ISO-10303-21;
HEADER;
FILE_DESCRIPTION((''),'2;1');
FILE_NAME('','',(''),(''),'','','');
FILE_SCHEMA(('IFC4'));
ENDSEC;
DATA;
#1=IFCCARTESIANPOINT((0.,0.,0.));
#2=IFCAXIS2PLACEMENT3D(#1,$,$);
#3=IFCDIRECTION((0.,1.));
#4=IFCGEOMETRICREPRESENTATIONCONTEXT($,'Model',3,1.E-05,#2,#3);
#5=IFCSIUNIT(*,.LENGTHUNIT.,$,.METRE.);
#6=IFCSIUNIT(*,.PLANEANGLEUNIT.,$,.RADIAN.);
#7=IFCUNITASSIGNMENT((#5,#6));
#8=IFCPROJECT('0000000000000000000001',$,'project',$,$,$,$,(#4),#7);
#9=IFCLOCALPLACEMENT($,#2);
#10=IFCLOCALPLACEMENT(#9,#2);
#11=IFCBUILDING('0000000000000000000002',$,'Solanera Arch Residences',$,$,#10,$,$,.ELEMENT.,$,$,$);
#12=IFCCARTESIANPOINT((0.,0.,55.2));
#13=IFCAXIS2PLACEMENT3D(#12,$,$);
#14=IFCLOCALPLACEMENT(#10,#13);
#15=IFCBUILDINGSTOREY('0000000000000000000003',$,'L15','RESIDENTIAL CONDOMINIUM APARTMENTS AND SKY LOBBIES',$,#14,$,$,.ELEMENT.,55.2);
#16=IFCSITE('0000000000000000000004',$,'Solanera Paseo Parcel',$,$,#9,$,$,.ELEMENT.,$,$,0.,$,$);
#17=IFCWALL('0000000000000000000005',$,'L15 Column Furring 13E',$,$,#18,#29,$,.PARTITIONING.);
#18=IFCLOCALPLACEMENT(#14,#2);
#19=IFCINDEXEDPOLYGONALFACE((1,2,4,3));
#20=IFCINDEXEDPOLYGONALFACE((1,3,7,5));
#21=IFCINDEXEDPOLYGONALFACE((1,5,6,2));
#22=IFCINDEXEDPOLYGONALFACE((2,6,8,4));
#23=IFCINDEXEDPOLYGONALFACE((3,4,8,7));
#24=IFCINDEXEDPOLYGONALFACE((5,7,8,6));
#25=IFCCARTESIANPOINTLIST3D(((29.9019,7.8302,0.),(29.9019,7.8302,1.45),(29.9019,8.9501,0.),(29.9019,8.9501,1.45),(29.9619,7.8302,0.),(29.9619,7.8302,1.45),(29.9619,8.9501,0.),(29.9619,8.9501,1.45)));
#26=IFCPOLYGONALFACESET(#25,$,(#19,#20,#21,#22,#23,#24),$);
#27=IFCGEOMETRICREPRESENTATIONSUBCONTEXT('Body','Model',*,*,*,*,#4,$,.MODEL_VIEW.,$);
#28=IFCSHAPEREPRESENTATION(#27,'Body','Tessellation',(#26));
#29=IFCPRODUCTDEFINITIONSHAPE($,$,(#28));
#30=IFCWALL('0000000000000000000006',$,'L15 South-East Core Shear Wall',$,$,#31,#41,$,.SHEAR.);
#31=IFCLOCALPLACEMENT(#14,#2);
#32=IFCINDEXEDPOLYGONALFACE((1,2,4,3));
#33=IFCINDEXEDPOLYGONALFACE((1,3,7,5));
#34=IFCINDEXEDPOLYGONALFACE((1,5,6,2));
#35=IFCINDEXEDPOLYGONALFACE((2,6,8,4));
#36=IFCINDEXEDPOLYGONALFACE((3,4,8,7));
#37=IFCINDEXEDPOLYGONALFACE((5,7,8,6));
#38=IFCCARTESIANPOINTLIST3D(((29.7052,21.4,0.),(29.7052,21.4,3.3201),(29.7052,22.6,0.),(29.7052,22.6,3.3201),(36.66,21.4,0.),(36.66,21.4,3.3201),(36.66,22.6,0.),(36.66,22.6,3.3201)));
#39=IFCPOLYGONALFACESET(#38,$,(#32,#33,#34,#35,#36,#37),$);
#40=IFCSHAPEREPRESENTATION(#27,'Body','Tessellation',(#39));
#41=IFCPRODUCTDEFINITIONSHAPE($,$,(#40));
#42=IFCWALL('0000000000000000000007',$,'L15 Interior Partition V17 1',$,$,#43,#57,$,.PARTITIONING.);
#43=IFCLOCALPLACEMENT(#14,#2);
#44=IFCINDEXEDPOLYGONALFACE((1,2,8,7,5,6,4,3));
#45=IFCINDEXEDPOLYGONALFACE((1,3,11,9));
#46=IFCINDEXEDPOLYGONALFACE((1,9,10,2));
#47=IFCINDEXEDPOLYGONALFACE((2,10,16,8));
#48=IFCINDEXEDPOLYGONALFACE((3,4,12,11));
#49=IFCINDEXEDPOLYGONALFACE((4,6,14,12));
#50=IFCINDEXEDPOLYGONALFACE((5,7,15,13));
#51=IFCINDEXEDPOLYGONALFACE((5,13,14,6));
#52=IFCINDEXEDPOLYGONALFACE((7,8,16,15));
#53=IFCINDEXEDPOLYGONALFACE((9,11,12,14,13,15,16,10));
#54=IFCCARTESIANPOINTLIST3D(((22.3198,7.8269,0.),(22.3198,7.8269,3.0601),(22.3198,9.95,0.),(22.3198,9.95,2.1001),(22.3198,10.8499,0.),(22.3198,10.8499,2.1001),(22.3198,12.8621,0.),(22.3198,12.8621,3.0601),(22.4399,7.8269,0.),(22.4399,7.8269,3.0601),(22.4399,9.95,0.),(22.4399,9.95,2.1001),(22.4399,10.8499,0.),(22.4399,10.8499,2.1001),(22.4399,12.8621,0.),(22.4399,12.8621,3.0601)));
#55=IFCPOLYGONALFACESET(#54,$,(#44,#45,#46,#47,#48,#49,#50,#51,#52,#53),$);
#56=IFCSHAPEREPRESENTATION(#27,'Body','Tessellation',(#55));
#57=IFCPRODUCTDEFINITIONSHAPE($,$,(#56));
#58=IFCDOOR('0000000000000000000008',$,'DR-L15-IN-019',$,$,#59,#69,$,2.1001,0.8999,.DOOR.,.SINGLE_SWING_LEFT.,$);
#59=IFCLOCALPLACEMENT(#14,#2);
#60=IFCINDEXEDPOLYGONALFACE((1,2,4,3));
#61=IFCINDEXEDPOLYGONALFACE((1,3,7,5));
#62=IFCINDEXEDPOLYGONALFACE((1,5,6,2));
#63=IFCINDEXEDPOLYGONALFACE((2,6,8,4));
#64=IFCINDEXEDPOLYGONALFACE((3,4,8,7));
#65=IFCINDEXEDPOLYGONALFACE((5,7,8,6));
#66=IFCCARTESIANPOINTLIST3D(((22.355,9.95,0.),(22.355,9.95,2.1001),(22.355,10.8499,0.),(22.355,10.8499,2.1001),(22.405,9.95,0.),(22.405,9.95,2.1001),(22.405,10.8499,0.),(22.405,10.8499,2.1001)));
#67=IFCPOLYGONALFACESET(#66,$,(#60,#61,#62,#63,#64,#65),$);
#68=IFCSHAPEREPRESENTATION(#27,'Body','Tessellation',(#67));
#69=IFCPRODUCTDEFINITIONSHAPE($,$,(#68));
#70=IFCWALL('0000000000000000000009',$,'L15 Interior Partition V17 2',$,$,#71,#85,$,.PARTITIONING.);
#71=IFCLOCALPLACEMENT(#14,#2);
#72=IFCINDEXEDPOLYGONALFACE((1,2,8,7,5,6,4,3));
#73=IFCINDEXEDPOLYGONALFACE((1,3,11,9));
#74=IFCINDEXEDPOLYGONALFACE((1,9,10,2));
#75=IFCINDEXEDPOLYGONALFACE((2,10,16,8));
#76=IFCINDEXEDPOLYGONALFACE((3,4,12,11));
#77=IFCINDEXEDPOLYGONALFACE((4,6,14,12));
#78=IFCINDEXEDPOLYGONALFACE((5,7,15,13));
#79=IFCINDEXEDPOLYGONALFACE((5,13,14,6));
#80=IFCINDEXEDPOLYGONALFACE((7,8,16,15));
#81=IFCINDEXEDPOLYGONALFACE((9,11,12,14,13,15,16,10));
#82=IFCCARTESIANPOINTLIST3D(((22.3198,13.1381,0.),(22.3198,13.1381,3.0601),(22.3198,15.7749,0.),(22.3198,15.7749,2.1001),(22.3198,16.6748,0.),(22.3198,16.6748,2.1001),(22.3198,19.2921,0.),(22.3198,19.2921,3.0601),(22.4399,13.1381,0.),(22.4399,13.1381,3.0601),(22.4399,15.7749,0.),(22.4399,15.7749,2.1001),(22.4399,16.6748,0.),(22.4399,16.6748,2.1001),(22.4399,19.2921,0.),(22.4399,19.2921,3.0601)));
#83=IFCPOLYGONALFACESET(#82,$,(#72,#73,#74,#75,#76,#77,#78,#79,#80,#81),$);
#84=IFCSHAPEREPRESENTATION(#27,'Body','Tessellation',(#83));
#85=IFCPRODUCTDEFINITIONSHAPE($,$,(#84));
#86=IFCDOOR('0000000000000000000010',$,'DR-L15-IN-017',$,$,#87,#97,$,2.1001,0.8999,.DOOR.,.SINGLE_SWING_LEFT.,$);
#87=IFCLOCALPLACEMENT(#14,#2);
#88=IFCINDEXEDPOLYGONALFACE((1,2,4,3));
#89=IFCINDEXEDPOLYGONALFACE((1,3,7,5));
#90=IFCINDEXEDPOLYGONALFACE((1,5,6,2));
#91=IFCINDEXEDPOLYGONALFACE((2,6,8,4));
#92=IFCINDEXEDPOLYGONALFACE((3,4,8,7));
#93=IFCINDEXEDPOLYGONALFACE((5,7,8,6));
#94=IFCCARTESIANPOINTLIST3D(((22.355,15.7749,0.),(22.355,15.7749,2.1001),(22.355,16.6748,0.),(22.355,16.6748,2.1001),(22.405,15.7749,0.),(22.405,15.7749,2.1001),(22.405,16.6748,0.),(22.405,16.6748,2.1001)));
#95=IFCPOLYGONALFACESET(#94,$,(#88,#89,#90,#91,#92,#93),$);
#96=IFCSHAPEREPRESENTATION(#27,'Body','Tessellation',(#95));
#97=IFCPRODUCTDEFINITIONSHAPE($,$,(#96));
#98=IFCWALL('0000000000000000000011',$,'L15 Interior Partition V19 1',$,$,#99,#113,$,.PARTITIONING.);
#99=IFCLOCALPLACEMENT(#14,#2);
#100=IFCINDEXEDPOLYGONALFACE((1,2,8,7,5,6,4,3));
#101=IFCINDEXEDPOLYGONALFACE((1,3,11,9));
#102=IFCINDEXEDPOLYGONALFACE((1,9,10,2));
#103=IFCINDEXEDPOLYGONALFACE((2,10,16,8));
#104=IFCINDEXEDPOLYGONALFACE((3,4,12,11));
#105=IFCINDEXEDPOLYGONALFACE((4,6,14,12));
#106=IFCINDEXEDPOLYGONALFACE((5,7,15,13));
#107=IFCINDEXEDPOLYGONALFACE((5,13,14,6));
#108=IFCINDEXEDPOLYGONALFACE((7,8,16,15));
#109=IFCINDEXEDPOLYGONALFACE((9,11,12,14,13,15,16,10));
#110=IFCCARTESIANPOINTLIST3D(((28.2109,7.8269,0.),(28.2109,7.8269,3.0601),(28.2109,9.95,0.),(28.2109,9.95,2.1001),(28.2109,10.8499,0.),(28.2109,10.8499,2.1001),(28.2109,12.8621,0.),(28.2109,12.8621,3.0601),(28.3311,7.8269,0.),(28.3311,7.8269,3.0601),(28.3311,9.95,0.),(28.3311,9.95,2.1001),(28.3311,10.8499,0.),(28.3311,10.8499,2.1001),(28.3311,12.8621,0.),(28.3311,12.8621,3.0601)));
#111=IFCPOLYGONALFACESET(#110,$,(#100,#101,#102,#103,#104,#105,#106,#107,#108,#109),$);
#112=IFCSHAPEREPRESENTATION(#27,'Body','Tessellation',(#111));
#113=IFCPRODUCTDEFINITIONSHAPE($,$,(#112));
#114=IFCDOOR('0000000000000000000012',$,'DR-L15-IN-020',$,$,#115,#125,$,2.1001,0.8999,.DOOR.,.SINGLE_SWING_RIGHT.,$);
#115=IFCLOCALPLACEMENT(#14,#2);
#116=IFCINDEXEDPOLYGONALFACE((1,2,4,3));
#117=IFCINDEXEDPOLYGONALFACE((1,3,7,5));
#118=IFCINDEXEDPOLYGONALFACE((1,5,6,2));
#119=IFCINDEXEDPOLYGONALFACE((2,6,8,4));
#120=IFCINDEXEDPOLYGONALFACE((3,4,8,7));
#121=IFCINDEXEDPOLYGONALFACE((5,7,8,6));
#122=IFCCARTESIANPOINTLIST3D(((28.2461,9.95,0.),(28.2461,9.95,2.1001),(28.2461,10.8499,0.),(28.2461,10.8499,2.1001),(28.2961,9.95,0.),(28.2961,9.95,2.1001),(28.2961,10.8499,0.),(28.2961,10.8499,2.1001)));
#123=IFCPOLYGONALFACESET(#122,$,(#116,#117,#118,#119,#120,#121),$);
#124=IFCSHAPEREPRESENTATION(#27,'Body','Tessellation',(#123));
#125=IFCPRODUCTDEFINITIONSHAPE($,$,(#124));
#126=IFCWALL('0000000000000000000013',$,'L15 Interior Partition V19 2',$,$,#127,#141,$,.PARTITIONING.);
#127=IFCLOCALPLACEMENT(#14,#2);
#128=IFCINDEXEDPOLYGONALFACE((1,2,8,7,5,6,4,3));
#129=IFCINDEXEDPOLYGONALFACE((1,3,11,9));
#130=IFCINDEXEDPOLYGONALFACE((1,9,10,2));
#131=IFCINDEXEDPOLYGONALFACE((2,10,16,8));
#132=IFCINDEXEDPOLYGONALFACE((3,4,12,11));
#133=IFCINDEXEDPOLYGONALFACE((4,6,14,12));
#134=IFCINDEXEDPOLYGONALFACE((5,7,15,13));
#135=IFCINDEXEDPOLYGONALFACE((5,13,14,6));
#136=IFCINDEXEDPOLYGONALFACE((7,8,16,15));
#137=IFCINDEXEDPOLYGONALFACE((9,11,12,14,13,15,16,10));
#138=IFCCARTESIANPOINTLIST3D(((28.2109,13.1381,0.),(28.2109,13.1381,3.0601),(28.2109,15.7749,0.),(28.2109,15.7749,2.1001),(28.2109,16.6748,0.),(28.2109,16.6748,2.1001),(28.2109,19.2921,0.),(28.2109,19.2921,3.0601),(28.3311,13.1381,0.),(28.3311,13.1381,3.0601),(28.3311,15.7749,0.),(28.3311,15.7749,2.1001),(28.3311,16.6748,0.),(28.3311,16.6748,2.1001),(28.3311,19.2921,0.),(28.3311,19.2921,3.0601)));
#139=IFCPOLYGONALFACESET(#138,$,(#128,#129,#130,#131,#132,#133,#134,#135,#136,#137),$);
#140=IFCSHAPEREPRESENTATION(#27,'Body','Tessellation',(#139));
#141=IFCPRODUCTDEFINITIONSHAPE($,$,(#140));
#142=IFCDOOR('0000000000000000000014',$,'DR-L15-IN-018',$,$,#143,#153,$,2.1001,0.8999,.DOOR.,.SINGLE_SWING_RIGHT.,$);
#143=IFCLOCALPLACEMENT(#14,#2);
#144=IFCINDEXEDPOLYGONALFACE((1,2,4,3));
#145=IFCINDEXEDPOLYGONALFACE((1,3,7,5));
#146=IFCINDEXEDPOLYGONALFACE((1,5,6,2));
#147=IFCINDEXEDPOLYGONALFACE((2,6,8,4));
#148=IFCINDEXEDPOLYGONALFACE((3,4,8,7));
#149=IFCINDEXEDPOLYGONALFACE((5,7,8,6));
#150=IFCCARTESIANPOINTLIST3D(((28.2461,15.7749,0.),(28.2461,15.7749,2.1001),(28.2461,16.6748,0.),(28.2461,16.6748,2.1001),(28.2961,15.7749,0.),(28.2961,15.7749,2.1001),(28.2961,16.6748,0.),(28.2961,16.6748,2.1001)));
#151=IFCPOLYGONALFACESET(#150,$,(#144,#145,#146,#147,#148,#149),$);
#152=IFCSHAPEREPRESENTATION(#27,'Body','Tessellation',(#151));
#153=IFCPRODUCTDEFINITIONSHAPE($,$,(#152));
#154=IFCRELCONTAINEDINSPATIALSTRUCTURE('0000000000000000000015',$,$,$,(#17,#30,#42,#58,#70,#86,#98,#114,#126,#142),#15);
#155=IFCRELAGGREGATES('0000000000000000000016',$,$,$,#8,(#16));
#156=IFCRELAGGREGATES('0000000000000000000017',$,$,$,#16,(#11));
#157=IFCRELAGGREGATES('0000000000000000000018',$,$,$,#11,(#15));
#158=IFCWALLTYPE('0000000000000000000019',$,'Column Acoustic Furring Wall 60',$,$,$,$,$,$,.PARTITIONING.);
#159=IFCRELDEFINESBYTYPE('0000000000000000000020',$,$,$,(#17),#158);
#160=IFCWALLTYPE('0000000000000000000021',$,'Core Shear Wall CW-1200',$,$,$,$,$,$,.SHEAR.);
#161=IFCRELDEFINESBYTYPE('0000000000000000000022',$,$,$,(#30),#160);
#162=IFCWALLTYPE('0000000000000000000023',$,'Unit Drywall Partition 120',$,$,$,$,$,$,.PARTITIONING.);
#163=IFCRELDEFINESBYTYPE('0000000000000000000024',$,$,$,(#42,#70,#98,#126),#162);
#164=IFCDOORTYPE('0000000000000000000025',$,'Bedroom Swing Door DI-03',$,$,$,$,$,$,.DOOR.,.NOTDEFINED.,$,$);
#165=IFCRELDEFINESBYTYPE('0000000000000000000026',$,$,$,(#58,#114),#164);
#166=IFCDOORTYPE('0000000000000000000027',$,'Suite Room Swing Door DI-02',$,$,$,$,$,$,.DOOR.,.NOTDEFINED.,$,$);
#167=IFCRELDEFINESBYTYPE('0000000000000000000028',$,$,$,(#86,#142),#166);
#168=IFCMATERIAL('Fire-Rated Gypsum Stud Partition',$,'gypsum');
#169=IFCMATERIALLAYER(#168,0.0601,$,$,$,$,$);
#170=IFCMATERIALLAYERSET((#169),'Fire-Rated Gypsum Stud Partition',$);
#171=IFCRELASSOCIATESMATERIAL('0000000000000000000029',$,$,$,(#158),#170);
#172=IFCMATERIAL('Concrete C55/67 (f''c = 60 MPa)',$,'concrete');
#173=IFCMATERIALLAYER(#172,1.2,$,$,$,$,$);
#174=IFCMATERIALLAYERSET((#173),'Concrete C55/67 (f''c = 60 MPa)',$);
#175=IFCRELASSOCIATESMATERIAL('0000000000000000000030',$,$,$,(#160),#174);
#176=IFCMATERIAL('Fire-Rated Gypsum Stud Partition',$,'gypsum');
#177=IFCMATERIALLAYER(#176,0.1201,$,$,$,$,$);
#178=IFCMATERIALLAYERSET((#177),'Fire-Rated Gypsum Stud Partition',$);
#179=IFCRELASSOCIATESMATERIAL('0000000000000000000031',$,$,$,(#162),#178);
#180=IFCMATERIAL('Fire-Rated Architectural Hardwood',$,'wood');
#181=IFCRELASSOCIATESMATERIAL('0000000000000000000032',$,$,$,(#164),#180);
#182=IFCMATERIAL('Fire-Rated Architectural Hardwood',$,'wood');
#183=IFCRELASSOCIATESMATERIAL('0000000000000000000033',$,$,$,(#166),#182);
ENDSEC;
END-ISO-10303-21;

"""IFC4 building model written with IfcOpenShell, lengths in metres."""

from ifc_helpers import new_model, si_unit, direction, frame, frame_2d, origin, place, context, subcontext, project, spatial, rectangle, extrude, material, layer, layer_set, type_object, element, fill, save


model = new_model("IFC4")

# Units and contexts
model_context = context("Model", 3, precision=1e-05, world=origin(), true_north=direction((0.0, 1.0)))
body_context = subcontext(model_context, "Body", "Model", "MODEL_VIEW")
ifc_project = project(units=[si_unit("LENGTHUNIT", "METRE"), si_unit("PLANEANGLEUNIT", "RADIAN")], contexts=[model_context])

# Site, building, storey
site_placement = place(None, origin())
site = spatial("IfcSite", under=ifc_project, at=site_placement, Name="Solanera Paseo Parcel", CompositionType="ELEMENT", RefElevation=0.0)
building_placement = place(site_placement, origin())
building = spatial("IfcBuilding", under=site, at=building_placement, Name="Solanera Arch Residences", CompositionType="ELEMENT")
storey_placement = place(building_placement, frame((0.0, 0.0, 55.2)))
storey = spatial("IfcBuildingStorey", under=building, at=storey_placement, Name="L15", Description="RESIDENTIAL CONDOMINIUM APARTMENTS AND SKY LOBBIES", CompositionType="ELEMENT", Elevation=55.2)

# Walls
ifc_material_1 = material(Name="Fire-Rated Gypsum Stud Partition", Category="gypsum")
ifc_layer_1 = layer(ifc_material_1, 0.0601)
ifc_layer_set_1 = layer_set([ifc_layer_1], Name="Fire-Rated Gypsum Stud Partition")
wall_type_1 = type_object("IfcWallType", Name="Column Acoustic Furring Wall 60", PredefinedType="PARTITIONING", material=ifc_layer_set_1)
for number, where, z_axis, x_axis, name in (
    (1, (29.9319, 7.8301, 0.0), (0.0, 0.0, 1.0), (0.0, 1.0, 0.0), "L15 Column Furring 13E"),
):
    element("IfcWall", number, at=place(storey_placement, frame(where, z_axis=z_axis, x_axis=x_axis)), inside=storey, type_object=wall_type_1, Name=name, PredefinedType="PARTITIONING", context=body_context, shape_type="SweptSolid", body=[
        extrude(rectangle(XDim=1.1199, YDim=0.0601, at=frame_2d((0.5601, 0.0))), origin(), (0.0, 0.0, 1.0), 1.45),
    ])
ifc_material_2 = material(Name="Concrete C55/67 (f'c = 60 MPa)", Category="concrete")
ifc_layer_2 = layer(ifc_material_2, 1.2)
ifc_layer_set_2 = layer_set([ifc_layer_2], Name="Concrete C55/67 (f'c = 60 MPa)")
wall_type_2 = type_object("IfcWallType", Name="Core Shear Wall CW-1200", PredefinedType="SHEAR", material=ifc_layer_set_2)
wall_1_placement = place(storey_placement, frame((29.7051, 22.0, 0.0), z_axis=(0.0, 0.0, 1.0), x_axis=(1.0, 0.0, 0.0)))
element("IfcWall", 2, at=wall_1_placement, inside=storey, type_object=wall_type_2, Name="L15 South-East Core Shear Wall", PredefinedType="SHEAR", context=body_context, shape_type="SweptSolid", body=[
    extrude(rectangle(XDim=6.9548, YDim=1.2, at=frame_2d((3.4775, 0.0))), origin(), (0.0, 0.0, 1.0), 3.3201),
])

# Walls, openings, doors
ifc_material_3 = material(Name="Fire-Rated Gypsum Stud Partition", Category="gypsum")
ifc_layer_3 = layer(ifc_material_3, 0.1201)
ifc_layer_set_3 = layer_set([ifc_layer_3], Name="Fire-Rated Gypsum Stud Partition")
wall_type_3 = type_object("IfcWallType", Name="Unit Drywall Partition 120", PredefinedType="PARTITIONING", material=ifc_layer_set_3)
wall_2_placement = place(storey_placement, frame((22.3799, 7.8269, 0.0), z_axis=(0.0, 0.0, 1.0), x_axis=(0.0, 1.0, 0.0)))
wall_2 = element("IfcWall", 3, at=wall_2_placement, inside=storey, type_object=wall_type_3, Name="L15 Interior Partition V17 1", PredefinedType="PARTITIONING", context=body_context, shape_type="SweptSolid", body=[
    extrude(rectangle(XDim=5.0352, YDim=0.1201, at=frame_2d((2.5176, 0.0))), origin(), (0.0, 0.0, 1.0), 3.0601),
])
opening_1_placement = place(wall_2_placement, frame((2.123, 0.0, 0.0)))
opening_1 = element("IfcOpeningElement", 4, at=opening_1_placement, cuts=wall_2, PredefinedType="OPENING", context=body_context, shape_type="SweptSolid", body=[
    extrude(rectangle(XDim=0.8999, YDim=2.1001, at=frame_2d((0.45, 1.05))), frame((0.0, 0.0701, 0.0), z_axis=(0.0, -1.0, 0.0), x_axis=(1.0, 0.0, 0.0)), (0.0, 0.0, 1.0), 0.1401),
])
ifc_material_4 = material(Name="Fire-Rated Architectural Hardwood", Category="wood")
door_type_1 = type_object("IfcDoorType", Name="Bedroom Swing Door DI-03", OperationType="NOTDEFINED", PredefinedType="DOOR", material=ifc_material_4)
door_1_placement = place(opening_1_placement, origin())
door_1 = element("IfcDoor", 5, at=door_1_placement, inside=storey, type_object=door_type_1, Name="DR-L15-IN-019", OperationType="SINGLE_SWING_LEFT", OverallHeight=2.1001, OverallWidth=0.8999, PredefinedType="DOOR", context=body_context, shape_type="SweptSolid", body=[
    extrude(rectangle(XDim=0.8999, YDim=2.1001, at=frame_2d((0.45, 1.05))), frame((0.0, 0.0249, 0.0), z_axis=(0.0, -1.0, 0.0), x_axis=(1.0, 0.0, 0.0)), (0.0, 0.0, 1.0), 0.05),
])
fill(opening_1, door_1)
wall_3_placement = place(storey_placement, frame((22.3799, 13.1379, 0.0), z_axis=(0.0, 0.0, 1.0), x_axis=(0.0, 1.0, 0.0)))
wall_3 = element("IfcWall", 6, at=wall_3_placement, inside=storey, type_object=wall_type_3, Name="L15 Interior Partition V17 2", PredefinedType="PARTITIONING", context=body_context, shape_type="SweptSolid", body=[
    extrude(rectangle(XDim=6.1541, YDim=0.1201, at=frame_2d((3.0771, 0.0))), origin(), (0.0, 0.0, 1.0), 3.0601),
])
opening_2_placement = place(wall_3_placement, frame((2.637, 0.0, 0.0)))
opening_2 = element("IfcOpeningElement", 7, at=opening_2_placement, cuts=wall_3, PredefinedType="OPENING", context=body_context, shape_type="SweptSolid", body=[
    extrude(rectangle(XDim=0.8999, YDim=2.1001, at=frame_2d((0.45, 1.05))), frame((0.0, 0.0701, 0.0), z_axis=(0.0, -1.0, 0.0), x_axis=(1.0, 0.0, 0.0)), (0.0, 0.0, 1.0), 0.1401),
])
ifc_material_5 = material(Name="Fire-Rated Architectural Hardwood", Category="wood")
door_type_2 = type_object("IfcDoorType", Name="Suite Room Swing Door DI-02", OperationType="NOTDEFINED", PredefinedType="DOOR", material=ifc_material_5)
door_2_placement = place(opening_2_placement, origin())
door_2 = element("IfcDoor", 8, at=door_2_placement, inside=storey, type_object=door_type_2, Name="DR-L15-IN-017", OperationType="SINGLE_SWING_LEFT", OverallHeight=2.1001, OverallWidth=0.8999, PredefinedType="DOOR", context=body_context, shape_type="SweptSolid", body=[
    extrude(rectangle(XDim=0.8999, YDim=2.1001, at=frame_2d((0.45, 1.05))), frame((0.0, 0.0249, 0.0), z_axis=(0.0, -1.0, 0.0), x_axis=(1.0, 0.0, 0.0)), (0.0, 0.0, 1.0), 0.05),
])
fill(opening_2, door_2)
wall_4_placement = place(storey_placement, frame((28.271, 7.8269, 0.0), z_axis=(0.0, 0.0, 1.0), x_axis=(0.0, 1.0, 0.0)))
wall_4 = element("IfcWall", 9, at=wall_4_placement, inside=storey, type_object=wall_type_3, Name="L15 Interior Partition V19 1", PredefinedType="PARTITIONING", context=body_context, shape_type="SweptSolid", body=[
    extrude(rectangle(XDim=5.0352, YDim=0.1201, at=frame_2d((2.5176, 0.0))), origin(), (0.0, 0.0, 1.0), 3.0601),
])
opening_3_placement = place(wall_4_placement, frame((2.123, 0.0, 0.0)))
opening_3 = element("IfcOpeningElement", 10, at=opening_3_placement, cuts=wall_4, PredefinedType="OPENING", context=body_context, shape_type="SweptSolid", body=[
    extrude(rectangle(XDim=0.8999, YDim=2.1001, at=frame_2d((0.45, 1.05))), frame((0.0, 0.0701, 0.0), z_axis=(0.0, -1.0, 0.0), x_axis=(1.0, 0.0, 0.0)), (0.0, 0.0, 1.0), 0.1401),
])
door_3_placement = place(opening_3_placement, origin())
door_3 = element("IfcDoor", 11, at=door_3_placement, inside=storey, type_object=door_type_1, Name="DR-L15-IN-020", OperationType="SINGLE_SWING_RIGHT", OverallHeight=2.1001, OverallWidth=0.8999, PredefinedType="DOOR", context=body_context, shape_type="SweptSolid", body=[
    extrude(rectangle(XDim=0.8999, YDim=2.1001, at=frame_2d((0.45, 1.05))), frame((0.0, 0.0249, 0.0), z_axis=(0.0, -1.0, 0.0), x_axis=(1.0, 0.0, 0.0)), (0.0, 0.0, 1.0), 0.05),
])
fill(opening_3, door_3)
wall_5_placement = place(storey_placement, frame((28.271, 13.1379, 0.0), z_axis=(0.0, 0.0, 1.0), x_axis=(0.0, 1.0, 0.0)))
wall_5 = element("IfcWall", 12, at=wall_5_placement, inside=storey, type_object=wall_type_3, Name="L15 Interior Partition V19 2", PredefinedType="PARTITIONING", context=body_context, shape_type="SweptSolid", body=[
    extrude(rectangle(XDim=6.1541, YDim=0.1201, at=frame_2d((3.0771, 0.0))), origin(), (0.0, 0.0, 1.0), 3.0601),
])
opening_4_placement = place(wall_5_placement, frame((2.637, 0.0, 0.0)))
opening_4 = element("IfcOpeningElement", 13, at=opening_4_placement, cuts=wall_5, PredefinedType="OPENING", context=body_context, shape_type="SweptSolid", body=[
    extrude(rectangle(XDim=0.8999, YDim=2.1001, at=frame_2d((0.45, 1.05))), frame((0.0, 0.0701, 0.0), z_axis=(0.0, -1.0, 0.0), x_axis=(1.0, 0.0, 0.0)), (0.0, 0.0, 1.0), 0.1401),
])
door_4_placement = place(opening_4_placement, origin())
door_4 = element("IfcDoor", 14, at=door_4_placement, inside=storey, type_object=door_type_2, Name="DR-L15-IN-018", OperationType="SINGLE_SWING_RIGHT", OverallHeight=2.1001, OverallWidth=0.8999, PredefinedType="DOOR", context=body_context, shape_type="SweptSolid", body=[
    extrude(rectangle(XDim=0.8999, YDim=2.1001, at=frame_2d((0.45, 1.05))), frame((0.0, 0.0249, 0.0), z_axis=(0.0, -1.0, 0.0), x_axis=(1.0, 0.0, 0.0)), (0.0, 0.0, 1.0), 0.05),
])
fill(opening_4, door_4)

save(model, "model.ifc")
